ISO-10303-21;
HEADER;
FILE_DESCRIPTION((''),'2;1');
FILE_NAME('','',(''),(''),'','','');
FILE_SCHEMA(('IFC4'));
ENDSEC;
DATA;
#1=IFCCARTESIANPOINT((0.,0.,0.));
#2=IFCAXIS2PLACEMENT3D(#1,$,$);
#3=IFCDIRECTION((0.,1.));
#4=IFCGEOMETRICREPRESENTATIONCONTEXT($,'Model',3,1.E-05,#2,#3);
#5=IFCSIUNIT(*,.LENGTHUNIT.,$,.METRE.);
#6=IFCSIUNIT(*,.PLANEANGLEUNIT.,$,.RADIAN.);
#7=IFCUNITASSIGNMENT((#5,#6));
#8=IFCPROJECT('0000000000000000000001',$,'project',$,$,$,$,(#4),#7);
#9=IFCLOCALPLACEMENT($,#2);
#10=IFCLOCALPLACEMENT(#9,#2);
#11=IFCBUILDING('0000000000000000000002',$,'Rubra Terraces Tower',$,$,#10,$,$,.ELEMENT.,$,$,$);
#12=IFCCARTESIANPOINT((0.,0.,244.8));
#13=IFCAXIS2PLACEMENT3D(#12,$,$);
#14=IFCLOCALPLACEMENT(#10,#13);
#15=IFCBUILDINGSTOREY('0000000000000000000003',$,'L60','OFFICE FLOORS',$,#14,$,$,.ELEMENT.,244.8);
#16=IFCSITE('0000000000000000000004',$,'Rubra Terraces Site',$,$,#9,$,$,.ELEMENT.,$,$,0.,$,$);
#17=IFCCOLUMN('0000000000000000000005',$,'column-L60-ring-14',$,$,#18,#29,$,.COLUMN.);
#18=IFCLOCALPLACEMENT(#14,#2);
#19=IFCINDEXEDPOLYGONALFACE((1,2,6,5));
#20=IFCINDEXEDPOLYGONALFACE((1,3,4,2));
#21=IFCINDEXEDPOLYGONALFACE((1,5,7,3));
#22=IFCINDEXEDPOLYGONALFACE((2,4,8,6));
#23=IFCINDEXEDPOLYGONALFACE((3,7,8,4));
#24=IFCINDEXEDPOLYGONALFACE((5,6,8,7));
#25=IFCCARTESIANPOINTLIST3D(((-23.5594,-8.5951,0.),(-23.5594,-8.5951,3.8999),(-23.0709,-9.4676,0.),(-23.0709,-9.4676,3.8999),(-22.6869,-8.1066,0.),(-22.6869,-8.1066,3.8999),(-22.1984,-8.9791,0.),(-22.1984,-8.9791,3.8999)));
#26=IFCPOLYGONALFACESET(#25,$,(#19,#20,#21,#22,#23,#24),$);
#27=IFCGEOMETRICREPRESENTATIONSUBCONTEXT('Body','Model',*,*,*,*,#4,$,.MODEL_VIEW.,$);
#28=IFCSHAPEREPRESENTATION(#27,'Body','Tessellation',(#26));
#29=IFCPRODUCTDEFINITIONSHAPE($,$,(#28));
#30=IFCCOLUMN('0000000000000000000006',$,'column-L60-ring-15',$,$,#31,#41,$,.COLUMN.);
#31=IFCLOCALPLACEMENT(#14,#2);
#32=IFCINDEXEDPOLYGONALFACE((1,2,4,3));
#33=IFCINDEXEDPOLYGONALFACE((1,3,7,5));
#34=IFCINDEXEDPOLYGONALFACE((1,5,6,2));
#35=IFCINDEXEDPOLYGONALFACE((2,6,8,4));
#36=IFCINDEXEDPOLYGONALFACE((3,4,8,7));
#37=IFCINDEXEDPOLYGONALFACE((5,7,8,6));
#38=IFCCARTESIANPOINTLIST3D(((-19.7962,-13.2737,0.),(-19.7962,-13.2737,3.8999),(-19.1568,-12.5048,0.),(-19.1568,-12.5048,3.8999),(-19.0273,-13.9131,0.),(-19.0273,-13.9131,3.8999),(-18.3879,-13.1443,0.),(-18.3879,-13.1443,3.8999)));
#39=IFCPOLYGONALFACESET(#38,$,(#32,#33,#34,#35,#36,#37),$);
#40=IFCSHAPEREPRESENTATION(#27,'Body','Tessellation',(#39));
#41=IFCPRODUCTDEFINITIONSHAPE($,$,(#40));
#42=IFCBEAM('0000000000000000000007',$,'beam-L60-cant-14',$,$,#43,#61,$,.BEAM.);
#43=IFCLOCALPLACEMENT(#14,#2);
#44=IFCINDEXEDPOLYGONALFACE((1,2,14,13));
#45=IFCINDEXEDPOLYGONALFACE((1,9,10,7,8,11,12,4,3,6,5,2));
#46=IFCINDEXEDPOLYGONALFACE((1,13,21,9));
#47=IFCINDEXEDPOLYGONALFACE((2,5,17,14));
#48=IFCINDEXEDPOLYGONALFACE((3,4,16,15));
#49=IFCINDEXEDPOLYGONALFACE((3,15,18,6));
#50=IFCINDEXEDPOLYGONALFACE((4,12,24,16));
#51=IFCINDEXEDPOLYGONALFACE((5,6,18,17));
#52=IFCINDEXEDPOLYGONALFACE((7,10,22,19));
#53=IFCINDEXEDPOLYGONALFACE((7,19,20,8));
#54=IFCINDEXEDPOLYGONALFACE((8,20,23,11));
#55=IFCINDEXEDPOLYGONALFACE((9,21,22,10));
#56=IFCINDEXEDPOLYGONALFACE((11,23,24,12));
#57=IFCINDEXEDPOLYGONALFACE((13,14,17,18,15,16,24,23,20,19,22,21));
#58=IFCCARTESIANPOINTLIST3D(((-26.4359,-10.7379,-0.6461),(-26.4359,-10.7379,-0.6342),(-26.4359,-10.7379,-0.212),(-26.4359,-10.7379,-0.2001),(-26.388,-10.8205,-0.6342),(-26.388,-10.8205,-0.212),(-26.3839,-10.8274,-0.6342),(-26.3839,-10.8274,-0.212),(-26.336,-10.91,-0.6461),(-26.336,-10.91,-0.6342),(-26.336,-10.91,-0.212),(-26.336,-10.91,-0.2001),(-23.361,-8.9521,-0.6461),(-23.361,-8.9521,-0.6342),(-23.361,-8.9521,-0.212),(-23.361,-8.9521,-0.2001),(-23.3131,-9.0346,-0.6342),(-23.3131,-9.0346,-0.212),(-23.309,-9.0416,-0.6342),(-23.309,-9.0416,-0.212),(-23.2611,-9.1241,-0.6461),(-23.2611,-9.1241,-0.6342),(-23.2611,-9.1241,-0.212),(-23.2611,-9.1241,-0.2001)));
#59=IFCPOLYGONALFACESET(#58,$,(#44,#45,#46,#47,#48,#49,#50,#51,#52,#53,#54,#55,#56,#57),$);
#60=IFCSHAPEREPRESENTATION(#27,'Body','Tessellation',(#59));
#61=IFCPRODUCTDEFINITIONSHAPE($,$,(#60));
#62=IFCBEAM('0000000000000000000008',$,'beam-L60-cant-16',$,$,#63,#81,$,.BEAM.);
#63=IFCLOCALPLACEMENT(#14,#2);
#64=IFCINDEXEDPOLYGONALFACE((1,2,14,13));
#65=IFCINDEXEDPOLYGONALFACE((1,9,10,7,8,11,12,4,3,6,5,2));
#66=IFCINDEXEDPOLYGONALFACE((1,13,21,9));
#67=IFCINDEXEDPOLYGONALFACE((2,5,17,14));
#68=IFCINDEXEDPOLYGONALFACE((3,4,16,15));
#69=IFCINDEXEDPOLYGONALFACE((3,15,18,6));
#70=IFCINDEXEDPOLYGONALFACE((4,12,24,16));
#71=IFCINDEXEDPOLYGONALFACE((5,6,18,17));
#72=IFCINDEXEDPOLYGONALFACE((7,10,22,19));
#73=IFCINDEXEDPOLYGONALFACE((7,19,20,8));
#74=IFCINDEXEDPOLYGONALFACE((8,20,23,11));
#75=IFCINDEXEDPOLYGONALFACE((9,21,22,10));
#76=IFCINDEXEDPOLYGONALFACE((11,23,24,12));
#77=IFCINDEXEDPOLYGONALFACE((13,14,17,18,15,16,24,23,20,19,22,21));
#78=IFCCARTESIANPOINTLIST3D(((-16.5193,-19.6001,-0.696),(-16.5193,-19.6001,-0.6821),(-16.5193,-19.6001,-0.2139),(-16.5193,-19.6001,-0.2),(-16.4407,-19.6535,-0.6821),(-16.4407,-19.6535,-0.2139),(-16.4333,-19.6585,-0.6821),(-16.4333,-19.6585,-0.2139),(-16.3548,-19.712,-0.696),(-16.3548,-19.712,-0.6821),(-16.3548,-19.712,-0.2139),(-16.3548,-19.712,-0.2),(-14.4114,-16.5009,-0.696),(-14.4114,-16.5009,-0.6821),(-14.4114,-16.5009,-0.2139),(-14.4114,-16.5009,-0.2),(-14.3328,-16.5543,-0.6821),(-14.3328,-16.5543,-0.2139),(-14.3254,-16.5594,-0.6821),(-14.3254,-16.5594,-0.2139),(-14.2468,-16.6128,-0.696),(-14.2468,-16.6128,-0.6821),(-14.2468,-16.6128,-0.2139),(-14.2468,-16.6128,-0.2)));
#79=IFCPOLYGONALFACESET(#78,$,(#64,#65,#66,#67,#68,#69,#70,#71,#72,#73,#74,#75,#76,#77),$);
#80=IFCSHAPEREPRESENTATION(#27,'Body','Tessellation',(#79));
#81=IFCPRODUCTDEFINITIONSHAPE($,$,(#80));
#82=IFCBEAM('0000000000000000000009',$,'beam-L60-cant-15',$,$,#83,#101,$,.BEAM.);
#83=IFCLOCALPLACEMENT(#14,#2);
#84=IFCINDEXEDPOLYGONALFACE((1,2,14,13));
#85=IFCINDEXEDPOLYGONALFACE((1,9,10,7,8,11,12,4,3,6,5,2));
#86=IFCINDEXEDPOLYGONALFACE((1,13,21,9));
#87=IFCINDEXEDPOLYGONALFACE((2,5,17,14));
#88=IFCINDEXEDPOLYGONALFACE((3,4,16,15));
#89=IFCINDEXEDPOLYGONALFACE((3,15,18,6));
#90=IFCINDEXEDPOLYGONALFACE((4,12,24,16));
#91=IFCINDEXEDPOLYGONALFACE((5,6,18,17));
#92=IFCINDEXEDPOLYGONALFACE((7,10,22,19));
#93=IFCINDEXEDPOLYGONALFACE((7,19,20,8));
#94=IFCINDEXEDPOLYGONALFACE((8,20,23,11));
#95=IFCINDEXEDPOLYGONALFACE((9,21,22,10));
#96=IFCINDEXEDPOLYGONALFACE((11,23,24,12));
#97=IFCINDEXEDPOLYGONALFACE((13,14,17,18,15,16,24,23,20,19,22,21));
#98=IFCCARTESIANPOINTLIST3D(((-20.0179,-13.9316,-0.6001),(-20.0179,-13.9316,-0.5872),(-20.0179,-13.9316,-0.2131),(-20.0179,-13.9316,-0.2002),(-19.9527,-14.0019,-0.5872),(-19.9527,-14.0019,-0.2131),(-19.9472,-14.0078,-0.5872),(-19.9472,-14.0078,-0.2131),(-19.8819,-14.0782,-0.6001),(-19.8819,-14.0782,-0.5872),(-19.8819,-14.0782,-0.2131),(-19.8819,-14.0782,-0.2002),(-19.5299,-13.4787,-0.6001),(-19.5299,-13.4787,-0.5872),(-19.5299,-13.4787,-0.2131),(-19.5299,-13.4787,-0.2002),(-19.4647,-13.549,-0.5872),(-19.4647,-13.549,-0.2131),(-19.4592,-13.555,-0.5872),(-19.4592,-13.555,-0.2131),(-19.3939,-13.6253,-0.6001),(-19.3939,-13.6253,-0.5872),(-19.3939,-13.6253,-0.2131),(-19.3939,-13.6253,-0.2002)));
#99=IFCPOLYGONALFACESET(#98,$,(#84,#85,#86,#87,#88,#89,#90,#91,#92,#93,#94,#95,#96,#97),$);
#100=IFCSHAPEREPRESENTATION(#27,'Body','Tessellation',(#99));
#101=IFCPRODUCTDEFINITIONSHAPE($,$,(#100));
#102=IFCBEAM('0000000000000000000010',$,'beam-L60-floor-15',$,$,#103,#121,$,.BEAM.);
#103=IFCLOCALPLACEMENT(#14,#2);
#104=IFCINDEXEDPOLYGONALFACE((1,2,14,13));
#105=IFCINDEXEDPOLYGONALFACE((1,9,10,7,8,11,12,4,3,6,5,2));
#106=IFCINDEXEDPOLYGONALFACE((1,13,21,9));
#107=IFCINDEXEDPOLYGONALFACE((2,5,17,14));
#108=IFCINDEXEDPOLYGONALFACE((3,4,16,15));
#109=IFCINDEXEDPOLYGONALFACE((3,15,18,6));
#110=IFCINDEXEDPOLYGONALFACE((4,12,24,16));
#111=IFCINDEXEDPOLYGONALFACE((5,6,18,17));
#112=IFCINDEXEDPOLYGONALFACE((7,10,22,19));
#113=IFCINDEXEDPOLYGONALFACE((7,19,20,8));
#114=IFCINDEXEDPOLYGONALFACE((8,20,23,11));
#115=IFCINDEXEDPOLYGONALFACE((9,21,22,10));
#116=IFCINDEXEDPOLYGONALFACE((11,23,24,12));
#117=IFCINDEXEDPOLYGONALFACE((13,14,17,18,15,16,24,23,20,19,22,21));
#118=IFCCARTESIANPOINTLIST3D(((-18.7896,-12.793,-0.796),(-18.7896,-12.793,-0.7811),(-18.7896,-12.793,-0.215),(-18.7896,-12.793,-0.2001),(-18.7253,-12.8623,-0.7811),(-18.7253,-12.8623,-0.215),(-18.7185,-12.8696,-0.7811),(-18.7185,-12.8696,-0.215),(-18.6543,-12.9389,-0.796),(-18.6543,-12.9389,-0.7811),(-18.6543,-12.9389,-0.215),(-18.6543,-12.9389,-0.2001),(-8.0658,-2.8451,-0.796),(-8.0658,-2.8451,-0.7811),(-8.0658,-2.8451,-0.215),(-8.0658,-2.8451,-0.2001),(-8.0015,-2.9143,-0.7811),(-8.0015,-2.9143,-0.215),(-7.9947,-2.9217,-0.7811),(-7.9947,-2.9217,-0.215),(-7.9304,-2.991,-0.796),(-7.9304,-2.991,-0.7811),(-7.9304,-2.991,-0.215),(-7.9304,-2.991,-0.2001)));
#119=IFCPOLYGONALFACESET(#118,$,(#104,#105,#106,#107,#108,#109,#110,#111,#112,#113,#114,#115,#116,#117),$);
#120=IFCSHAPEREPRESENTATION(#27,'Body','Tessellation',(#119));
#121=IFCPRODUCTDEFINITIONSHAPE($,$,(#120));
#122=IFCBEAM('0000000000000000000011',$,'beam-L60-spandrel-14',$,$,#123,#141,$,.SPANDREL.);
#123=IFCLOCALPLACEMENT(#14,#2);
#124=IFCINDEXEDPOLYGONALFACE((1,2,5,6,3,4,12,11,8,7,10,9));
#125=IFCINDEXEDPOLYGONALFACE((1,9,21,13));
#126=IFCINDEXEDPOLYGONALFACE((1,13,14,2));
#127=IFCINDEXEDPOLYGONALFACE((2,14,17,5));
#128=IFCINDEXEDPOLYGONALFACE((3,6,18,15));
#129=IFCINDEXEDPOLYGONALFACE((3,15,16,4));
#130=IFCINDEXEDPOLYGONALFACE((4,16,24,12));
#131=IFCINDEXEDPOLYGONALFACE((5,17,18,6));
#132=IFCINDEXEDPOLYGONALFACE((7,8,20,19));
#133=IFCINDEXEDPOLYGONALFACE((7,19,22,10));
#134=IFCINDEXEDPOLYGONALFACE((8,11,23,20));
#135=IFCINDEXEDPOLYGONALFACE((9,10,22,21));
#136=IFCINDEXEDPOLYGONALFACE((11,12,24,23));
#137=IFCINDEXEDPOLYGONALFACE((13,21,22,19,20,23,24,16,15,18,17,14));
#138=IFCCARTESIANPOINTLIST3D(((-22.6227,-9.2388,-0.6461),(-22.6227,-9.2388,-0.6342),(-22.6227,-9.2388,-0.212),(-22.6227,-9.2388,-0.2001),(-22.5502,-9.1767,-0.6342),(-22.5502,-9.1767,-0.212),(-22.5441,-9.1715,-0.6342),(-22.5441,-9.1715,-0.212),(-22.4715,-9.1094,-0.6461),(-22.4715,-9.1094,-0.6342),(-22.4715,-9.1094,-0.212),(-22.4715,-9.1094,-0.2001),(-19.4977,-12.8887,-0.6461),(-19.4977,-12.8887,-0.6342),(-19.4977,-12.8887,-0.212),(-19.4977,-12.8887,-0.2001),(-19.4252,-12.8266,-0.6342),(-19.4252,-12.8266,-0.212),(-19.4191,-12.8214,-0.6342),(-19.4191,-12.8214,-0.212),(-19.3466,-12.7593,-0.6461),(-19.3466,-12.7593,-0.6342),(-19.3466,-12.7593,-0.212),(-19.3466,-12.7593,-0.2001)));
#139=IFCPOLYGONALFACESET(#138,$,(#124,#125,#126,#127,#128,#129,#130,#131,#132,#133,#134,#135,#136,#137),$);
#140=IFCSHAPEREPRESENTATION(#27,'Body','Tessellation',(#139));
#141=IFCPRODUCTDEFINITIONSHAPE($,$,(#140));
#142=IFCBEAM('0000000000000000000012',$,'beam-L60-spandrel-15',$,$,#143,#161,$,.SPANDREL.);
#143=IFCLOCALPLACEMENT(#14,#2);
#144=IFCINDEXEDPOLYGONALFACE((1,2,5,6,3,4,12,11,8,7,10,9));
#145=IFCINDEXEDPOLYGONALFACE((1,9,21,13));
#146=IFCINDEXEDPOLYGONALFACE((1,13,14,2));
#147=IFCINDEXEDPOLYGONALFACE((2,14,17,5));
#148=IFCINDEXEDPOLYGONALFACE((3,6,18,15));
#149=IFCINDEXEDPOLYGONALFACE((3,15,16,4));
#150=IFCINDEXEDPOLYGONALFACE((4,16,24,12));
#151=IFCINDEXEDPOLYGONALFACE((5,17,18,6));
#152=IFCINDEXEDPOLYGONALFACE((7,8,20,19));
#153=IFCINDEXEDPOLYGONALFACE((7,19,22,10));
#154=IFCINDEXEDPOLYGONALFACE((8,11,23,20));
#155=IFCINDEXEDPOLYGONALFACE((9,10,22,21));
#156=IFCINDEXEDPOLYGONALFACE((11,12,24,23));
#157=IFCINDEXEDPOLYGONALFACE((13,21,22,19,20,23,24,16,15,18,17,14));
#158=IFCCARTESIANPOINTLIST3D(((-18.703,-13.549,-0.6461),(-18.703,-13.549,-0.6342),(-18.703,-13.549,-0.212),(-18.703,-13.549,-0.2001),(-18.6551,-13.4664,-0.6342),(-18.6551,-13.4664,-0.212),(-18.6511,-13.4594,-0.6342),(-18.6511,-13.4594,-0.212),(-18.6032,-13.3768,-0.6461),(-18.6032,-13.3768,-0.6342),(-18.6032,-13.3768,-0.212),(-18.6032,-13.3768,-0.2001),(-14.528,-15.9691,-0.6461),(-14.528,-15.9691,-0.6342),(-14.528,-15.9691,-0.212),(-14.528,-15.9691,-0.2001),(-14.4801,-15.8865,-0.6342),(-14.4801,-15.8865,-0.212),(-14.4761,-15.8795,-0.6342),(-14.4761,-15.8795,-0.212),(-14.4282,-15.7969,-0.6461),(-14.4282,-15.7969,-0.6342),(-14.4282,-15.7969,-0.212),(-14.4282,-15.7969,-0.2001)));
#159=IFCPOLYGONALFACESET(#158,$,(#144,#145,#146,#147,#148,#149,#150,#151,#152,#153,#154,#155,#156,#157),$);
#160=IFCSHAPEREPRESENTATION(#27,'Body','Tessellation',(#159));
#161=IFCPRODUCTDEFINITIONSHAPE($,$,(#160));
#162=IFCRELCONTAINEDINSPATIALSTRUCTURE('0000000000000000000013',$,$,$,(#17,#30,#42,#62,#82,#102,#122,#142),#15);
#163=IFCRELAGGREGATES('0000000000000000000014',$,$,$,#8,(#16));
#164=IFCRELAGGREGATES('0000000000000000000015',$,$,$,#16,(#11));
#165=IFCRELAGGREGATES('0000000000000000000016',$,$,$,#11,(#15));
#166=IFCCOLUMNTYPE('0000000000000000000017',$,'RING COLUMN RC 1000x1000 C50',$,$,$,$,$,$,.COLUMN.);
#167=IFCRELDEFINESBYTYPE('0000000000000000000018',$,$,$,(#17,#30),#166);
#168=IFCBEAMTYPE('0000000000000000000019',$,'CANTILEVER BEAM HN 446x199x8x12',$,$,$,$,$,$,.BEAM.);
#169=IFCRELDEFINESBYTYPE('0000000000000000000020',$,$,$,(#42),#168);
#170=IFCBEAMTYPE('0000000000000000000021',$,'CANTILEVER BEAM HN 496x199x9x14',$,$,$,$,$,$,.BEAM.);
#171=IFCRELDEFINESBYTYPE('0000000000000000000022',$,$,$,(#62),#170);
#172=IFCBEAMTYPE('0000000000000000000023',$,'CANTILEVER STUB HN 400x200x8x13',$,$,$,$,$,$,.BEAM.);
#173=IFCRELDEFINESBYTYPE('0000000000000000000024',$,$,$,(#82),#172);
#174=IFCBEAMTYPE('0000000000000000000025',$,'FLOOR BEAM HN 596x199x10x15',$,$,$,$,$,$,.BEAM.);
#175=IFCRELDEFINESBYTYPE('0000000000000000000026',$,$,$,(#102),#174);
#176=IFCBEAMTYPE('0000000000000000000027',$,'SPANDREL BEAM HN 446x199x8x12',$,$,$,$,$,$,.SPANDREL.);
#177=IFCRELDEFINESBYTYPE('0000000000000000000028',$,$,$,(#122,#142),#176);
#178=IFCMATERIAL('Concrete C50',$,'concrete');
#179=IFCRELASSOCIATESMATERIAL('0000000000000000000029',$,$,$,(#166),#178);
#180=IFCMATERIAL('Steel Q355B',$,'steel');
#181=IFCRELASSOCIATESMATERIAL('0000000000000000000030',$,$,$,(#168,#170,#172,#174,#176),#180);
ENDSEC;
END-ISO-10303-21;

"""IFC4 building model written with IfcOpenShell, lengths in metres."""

from ifc_helpers import new_model, si_unit, direction, frame, origin, origin_2d, place, context, subcontext, project, spatial, rectangle, i_section, extrude, material, material_profile, profile_set, type_object, element, save


model = new_model("IFC4")

# Units and contexts
model_context = context("Model", 3, precision=1e-05, world=origin(), true_north=direction((0.0, 1.0)))
body_context = subcontext(model_context, "Body", "Model", "MODEL_VIEW")
ifc_project = project(units=[si_unit("LENGTHUNIT", "METRE"), si_unit("PLANEANGLEUNIT", "RADIAN")], contexts=[model_context])

# Site, building, storey
site_placement = place(None, origin())
site = spatial("IfcSite", under=ifc_project, at=site_placement, Name="Rubra Terraces Site", CompositionType="ELEMENT", RefElevation=0.0)
building_placement = place(site_placement, origin())
building = spatial("IfcBuilding", under=site, at=building_placement, Name="Rubra Terraces Tower", CompositionType="ELEMENT")
storey_placement = place(building_placement, frame((0.0, 0.0, 244.8)))
storey = spatial("IfcBuildingStorey", under=building, at=storey_placement, Name="L60", Description="OFFICE FLOORS", CompositionType="ELEMENT", Elevation=244.8)

# Columns
ifc_material_1 = material(Name="Concrete C50", Category="concrete")
ifc_material_profile_1 = material_profile(ifc_material_1, rectangle(XDim=1.0, YDim=1.0, at=origin_2d()), Name="RC 1000x1000")
ifc_profile_set_1 = profile_set([ifc_material_profile_1], Name="Concrete C50")
column_type = type_object("IfcColumnType", Name="RING COLUMN RC 1000x1000 C50", PredefinedType="COLUMN", material=ifc_profile_set_1)
for number, where, z_axis, x_axis, name in (
    (1, (-22.8789, -8.7871, 0.0), (0.0, 0.0, 1.0), (0.488526, -0.872549, 0.0), "column-L60-ring-14"),
    (2, (-19.092, -13.209, 0.0), (0.0, 0.0, 1.0), (0.76887, -0.639405, 0.0), "column-L60-ring-15"),
):
    element("IfcColumn", number, at=place(storey_placement, frame(where, z_axis=z_axis, x_axis=x_axis)), inside=storey, type_object=column_type, Name=name, PredefinedType="COLUMN", context=body_context, shape_type="SweptSolid", body=[
        extrude(rectangle(XDim=1.0, YDim=1.0, at=origin_2d()), origin(), (0.0, 0.0, 1.0), 3.8999),
    ])

# Beams
ifc_material_2 = material(Name="Steel Q355B", Category="steel")
ifc_material_profile_2 = material_profile(ifc_material_2, i_section(OverallWidth=0.199, OverallDepth=0.446, WebThickness=0.0081, FlangeThickness=0.012, at=origin_2d()), Name="HN 446x199x8x12")
ifc_profile_set_2 = profile_set([ifc_material_profile_2], Name="Steel Q355B")
beam_type_1 = type_object("IfcBeamType", Name="CANTILEVER BEAM HN 446x199x8x12", PredefinedType="BEAM", material=ifc_profile_set_2)
beam_1_placement = place(storey_placement, frame((-23.311, -9.0381, -0.4231), z_axis=(-0.864736, -0.502227, 0.0), x_axis=(0.502227, -0.864736, 0.0)))
element("IfcBeam", 3, at=beam_1_placement, inside=storey, type_object=beam_type_1, Name="beam-L60-cant-14", PredefinedType="BEAM", context=body_context, shape_type="SweptSolid", body=[
    extrude(i_section(OverallWidth=0.199, OverallDepth=0.446, WebThickness=0.0081, FlangeThickness=0.012, at=origin_2d()), origin(), (0.0, 0.0, 1.0), 3.5559),
])
ifc_material_profile_3 = material_profile(ifc_material_2, i_section(OverallWidth=0.199, OverallDepth=0.4961, WebThickness=0.009, FlangeThickness=0.0139, at=origin_2d()), Name="HN 496x199x9x14")
ifc_profile_set_3 = profile_set([ifc_material_profile_3], Name="Steel Q355B")
beam_type_2 = type_object("IfcBeamType", Name="CANTILEVER BEAM HN 496x199x9x14", PredefinedType="BEAM", material=ifc_profile_set_3)
beam_2_placement = place(storey_placement, frame((-14.3291, -16.5569, -0.448), z_axis=(-0.562403, -0.826863, 0.0), x_axis=(0.826863, -0.562403, 0.0)))
element("IfcBeam", 4, at=beam_2_placement, inside=storey, type_object=beam_type_2, Name="beam-L60-cant-16", PredefinedType="BEAM", context=body_context, shape_type="SweptSolid", body=[
    extrude(i_section(OverallWidth=0.199, OverallDepth=0.4961, WebThickness=0.009, FlangeThickness=0.0139, at=origin_2d()), origin(), (0.0, 0.0, 1.0), 3.748),
])
ifc_material_profile_4 = material_profile(ifc_material_2, i_section(OverallWidth=0.2, OverallDepth=0.3999, WebThickness=0.0081, FlangeThickness=0.0129, at=origin_2d()), Name="HN 400x200x8x13")
ifc_profile_set_4 = profile_set([ifc_material_profile_4], Name="Steel Q355B")
beam_type_3 = type_object("IfcBeamType", Name="CANTILEVER STUB HN 400x200x8x13", PredefinedType="BEAM", material=ifc_profile_set_4)
beam_3_placement = place(storey_placement, frame((-19.4619, -13.552, -0.4001), z_axis=(-0.733015, -0.680212, 0.0), x_axis=(0.680212, -0.733015, 0.0)))
element("IfcBeam", 5, at=beam_3_placement, inside=storey, type_object=beam_type_3, Name="beam-L60-cant-15", PredefinedType="BEAM", context=body_context, shape_type="SweptSolid", body=[
    extrude(i_section(OverallWidth=0.2, OverallDepth=0.3999, WebThickness=0.0081, FlangeThickness=0.0129, at=origin_2d()), origin(), (0.0, 0.0, 1.0), 0.6658),
])
ifc_material_profile_5 = material_profile(ifc_material_2, i_section(OverallWidth=0.199, OverallDepth=0.5959, WebThickness=0.01, FlangeThickness=0.0149, at=origin_2d()), Name="HN 596x199x10x15")
ifc_profile_set_5 = profile_set([ifc_material_profile_5], Name="Steel Q355B")
beam_type_4 = type_object("IfcBeamType", Name="FLOOR BEAM HN 596x199x10x15", PredefinedType="BEAM", material=ifc_profile_set_5)
beam_4_placement = place(storey_placement, frame((-18.7219, -12.866, -0.498), z_axis=(0.73313, 0.680088, 0.0), x_axis=(-0.680088, 0.73313, 0.0)))
element("IfcBeam", 6, at=beam_4_placement, inside=storey, type_object=beam_type_4, Name="beam-L60-floor-15", PredefinedType="BEAM", context=body_context, shape_type="SweptSolid", body=[
    extrude(i_section(OverallWidth=0.199, OverallDepth=0.5959, WebThickness=0.01, FlangeThickness=0.0149, at=origin_2d()), origin(), (0.0, 0.0, 1.0), 14.6274),
])
ifc_material_profile_6 = material_profile(ifc_material_2, i_section(OverallWidth=0.199, OverallDepth=0.446, WebThickness=0.0081, FlangeThickness=0.012, at=origin_2d()), Name="HN 446x199x8x12")
ifc_profile_set_6 = profile_set([ifc_material_profile_6], Name="Steel Q355B")
beam_type_5 = type_object("IfcBeamType", Name="SPANDREL BEAM HN 446x199x8x12", PredefinedType="SPANDREL", material=ifc_profile_set_6)
beam_5_placement = place(storey_placement, frame((-22.5471, -9.1741, -0.4231), z_axis=(0.650373, -0.759615, 0.0), x_axis=(0.759615, 0.650373, 0.0)))
element("IfcBeam", 7, at=beam_5_placement, inside=storey, type_object=beam_type_5, Name="beam-L60-spandrel-14", PredefinedType="SPANDREL", context=body_context, shape_type="SweptSolid", body=[
    extrude(i_section(OverallWidth=0.199, OverallDepth=0.446, WebThickness=0.0081, FlangeThickness=0.012, at=origin_2d()), origin(), (0.0, 0.0, 1.0), 4.8049),
])
beam_6_placement = place(storey_placement, frame((-18.6531, -13.4629, -0.4231), z_axis=(0.865154, -0.501507, 0.0), x_axis=(0.501507, 0.865154, 0.0)))
element("IfcBeam", 8, at=beam_6_placement, inside=storey, type_object=beam_type_5, Name="beam-L60-spandrel-15", PredefinedType="SPANDREL", context=body_context, shape_type="SweptSolid", body=[
    extrude(i_section(OverallWidth=0.199, OverallDepth=0.446, WebThickness=0.0081, FlangeThickness=0.012, at=origin_2d()), origin(), (0.0, 0.0, 1.0), 4.8257),
])

save(model, "model.ifc")
